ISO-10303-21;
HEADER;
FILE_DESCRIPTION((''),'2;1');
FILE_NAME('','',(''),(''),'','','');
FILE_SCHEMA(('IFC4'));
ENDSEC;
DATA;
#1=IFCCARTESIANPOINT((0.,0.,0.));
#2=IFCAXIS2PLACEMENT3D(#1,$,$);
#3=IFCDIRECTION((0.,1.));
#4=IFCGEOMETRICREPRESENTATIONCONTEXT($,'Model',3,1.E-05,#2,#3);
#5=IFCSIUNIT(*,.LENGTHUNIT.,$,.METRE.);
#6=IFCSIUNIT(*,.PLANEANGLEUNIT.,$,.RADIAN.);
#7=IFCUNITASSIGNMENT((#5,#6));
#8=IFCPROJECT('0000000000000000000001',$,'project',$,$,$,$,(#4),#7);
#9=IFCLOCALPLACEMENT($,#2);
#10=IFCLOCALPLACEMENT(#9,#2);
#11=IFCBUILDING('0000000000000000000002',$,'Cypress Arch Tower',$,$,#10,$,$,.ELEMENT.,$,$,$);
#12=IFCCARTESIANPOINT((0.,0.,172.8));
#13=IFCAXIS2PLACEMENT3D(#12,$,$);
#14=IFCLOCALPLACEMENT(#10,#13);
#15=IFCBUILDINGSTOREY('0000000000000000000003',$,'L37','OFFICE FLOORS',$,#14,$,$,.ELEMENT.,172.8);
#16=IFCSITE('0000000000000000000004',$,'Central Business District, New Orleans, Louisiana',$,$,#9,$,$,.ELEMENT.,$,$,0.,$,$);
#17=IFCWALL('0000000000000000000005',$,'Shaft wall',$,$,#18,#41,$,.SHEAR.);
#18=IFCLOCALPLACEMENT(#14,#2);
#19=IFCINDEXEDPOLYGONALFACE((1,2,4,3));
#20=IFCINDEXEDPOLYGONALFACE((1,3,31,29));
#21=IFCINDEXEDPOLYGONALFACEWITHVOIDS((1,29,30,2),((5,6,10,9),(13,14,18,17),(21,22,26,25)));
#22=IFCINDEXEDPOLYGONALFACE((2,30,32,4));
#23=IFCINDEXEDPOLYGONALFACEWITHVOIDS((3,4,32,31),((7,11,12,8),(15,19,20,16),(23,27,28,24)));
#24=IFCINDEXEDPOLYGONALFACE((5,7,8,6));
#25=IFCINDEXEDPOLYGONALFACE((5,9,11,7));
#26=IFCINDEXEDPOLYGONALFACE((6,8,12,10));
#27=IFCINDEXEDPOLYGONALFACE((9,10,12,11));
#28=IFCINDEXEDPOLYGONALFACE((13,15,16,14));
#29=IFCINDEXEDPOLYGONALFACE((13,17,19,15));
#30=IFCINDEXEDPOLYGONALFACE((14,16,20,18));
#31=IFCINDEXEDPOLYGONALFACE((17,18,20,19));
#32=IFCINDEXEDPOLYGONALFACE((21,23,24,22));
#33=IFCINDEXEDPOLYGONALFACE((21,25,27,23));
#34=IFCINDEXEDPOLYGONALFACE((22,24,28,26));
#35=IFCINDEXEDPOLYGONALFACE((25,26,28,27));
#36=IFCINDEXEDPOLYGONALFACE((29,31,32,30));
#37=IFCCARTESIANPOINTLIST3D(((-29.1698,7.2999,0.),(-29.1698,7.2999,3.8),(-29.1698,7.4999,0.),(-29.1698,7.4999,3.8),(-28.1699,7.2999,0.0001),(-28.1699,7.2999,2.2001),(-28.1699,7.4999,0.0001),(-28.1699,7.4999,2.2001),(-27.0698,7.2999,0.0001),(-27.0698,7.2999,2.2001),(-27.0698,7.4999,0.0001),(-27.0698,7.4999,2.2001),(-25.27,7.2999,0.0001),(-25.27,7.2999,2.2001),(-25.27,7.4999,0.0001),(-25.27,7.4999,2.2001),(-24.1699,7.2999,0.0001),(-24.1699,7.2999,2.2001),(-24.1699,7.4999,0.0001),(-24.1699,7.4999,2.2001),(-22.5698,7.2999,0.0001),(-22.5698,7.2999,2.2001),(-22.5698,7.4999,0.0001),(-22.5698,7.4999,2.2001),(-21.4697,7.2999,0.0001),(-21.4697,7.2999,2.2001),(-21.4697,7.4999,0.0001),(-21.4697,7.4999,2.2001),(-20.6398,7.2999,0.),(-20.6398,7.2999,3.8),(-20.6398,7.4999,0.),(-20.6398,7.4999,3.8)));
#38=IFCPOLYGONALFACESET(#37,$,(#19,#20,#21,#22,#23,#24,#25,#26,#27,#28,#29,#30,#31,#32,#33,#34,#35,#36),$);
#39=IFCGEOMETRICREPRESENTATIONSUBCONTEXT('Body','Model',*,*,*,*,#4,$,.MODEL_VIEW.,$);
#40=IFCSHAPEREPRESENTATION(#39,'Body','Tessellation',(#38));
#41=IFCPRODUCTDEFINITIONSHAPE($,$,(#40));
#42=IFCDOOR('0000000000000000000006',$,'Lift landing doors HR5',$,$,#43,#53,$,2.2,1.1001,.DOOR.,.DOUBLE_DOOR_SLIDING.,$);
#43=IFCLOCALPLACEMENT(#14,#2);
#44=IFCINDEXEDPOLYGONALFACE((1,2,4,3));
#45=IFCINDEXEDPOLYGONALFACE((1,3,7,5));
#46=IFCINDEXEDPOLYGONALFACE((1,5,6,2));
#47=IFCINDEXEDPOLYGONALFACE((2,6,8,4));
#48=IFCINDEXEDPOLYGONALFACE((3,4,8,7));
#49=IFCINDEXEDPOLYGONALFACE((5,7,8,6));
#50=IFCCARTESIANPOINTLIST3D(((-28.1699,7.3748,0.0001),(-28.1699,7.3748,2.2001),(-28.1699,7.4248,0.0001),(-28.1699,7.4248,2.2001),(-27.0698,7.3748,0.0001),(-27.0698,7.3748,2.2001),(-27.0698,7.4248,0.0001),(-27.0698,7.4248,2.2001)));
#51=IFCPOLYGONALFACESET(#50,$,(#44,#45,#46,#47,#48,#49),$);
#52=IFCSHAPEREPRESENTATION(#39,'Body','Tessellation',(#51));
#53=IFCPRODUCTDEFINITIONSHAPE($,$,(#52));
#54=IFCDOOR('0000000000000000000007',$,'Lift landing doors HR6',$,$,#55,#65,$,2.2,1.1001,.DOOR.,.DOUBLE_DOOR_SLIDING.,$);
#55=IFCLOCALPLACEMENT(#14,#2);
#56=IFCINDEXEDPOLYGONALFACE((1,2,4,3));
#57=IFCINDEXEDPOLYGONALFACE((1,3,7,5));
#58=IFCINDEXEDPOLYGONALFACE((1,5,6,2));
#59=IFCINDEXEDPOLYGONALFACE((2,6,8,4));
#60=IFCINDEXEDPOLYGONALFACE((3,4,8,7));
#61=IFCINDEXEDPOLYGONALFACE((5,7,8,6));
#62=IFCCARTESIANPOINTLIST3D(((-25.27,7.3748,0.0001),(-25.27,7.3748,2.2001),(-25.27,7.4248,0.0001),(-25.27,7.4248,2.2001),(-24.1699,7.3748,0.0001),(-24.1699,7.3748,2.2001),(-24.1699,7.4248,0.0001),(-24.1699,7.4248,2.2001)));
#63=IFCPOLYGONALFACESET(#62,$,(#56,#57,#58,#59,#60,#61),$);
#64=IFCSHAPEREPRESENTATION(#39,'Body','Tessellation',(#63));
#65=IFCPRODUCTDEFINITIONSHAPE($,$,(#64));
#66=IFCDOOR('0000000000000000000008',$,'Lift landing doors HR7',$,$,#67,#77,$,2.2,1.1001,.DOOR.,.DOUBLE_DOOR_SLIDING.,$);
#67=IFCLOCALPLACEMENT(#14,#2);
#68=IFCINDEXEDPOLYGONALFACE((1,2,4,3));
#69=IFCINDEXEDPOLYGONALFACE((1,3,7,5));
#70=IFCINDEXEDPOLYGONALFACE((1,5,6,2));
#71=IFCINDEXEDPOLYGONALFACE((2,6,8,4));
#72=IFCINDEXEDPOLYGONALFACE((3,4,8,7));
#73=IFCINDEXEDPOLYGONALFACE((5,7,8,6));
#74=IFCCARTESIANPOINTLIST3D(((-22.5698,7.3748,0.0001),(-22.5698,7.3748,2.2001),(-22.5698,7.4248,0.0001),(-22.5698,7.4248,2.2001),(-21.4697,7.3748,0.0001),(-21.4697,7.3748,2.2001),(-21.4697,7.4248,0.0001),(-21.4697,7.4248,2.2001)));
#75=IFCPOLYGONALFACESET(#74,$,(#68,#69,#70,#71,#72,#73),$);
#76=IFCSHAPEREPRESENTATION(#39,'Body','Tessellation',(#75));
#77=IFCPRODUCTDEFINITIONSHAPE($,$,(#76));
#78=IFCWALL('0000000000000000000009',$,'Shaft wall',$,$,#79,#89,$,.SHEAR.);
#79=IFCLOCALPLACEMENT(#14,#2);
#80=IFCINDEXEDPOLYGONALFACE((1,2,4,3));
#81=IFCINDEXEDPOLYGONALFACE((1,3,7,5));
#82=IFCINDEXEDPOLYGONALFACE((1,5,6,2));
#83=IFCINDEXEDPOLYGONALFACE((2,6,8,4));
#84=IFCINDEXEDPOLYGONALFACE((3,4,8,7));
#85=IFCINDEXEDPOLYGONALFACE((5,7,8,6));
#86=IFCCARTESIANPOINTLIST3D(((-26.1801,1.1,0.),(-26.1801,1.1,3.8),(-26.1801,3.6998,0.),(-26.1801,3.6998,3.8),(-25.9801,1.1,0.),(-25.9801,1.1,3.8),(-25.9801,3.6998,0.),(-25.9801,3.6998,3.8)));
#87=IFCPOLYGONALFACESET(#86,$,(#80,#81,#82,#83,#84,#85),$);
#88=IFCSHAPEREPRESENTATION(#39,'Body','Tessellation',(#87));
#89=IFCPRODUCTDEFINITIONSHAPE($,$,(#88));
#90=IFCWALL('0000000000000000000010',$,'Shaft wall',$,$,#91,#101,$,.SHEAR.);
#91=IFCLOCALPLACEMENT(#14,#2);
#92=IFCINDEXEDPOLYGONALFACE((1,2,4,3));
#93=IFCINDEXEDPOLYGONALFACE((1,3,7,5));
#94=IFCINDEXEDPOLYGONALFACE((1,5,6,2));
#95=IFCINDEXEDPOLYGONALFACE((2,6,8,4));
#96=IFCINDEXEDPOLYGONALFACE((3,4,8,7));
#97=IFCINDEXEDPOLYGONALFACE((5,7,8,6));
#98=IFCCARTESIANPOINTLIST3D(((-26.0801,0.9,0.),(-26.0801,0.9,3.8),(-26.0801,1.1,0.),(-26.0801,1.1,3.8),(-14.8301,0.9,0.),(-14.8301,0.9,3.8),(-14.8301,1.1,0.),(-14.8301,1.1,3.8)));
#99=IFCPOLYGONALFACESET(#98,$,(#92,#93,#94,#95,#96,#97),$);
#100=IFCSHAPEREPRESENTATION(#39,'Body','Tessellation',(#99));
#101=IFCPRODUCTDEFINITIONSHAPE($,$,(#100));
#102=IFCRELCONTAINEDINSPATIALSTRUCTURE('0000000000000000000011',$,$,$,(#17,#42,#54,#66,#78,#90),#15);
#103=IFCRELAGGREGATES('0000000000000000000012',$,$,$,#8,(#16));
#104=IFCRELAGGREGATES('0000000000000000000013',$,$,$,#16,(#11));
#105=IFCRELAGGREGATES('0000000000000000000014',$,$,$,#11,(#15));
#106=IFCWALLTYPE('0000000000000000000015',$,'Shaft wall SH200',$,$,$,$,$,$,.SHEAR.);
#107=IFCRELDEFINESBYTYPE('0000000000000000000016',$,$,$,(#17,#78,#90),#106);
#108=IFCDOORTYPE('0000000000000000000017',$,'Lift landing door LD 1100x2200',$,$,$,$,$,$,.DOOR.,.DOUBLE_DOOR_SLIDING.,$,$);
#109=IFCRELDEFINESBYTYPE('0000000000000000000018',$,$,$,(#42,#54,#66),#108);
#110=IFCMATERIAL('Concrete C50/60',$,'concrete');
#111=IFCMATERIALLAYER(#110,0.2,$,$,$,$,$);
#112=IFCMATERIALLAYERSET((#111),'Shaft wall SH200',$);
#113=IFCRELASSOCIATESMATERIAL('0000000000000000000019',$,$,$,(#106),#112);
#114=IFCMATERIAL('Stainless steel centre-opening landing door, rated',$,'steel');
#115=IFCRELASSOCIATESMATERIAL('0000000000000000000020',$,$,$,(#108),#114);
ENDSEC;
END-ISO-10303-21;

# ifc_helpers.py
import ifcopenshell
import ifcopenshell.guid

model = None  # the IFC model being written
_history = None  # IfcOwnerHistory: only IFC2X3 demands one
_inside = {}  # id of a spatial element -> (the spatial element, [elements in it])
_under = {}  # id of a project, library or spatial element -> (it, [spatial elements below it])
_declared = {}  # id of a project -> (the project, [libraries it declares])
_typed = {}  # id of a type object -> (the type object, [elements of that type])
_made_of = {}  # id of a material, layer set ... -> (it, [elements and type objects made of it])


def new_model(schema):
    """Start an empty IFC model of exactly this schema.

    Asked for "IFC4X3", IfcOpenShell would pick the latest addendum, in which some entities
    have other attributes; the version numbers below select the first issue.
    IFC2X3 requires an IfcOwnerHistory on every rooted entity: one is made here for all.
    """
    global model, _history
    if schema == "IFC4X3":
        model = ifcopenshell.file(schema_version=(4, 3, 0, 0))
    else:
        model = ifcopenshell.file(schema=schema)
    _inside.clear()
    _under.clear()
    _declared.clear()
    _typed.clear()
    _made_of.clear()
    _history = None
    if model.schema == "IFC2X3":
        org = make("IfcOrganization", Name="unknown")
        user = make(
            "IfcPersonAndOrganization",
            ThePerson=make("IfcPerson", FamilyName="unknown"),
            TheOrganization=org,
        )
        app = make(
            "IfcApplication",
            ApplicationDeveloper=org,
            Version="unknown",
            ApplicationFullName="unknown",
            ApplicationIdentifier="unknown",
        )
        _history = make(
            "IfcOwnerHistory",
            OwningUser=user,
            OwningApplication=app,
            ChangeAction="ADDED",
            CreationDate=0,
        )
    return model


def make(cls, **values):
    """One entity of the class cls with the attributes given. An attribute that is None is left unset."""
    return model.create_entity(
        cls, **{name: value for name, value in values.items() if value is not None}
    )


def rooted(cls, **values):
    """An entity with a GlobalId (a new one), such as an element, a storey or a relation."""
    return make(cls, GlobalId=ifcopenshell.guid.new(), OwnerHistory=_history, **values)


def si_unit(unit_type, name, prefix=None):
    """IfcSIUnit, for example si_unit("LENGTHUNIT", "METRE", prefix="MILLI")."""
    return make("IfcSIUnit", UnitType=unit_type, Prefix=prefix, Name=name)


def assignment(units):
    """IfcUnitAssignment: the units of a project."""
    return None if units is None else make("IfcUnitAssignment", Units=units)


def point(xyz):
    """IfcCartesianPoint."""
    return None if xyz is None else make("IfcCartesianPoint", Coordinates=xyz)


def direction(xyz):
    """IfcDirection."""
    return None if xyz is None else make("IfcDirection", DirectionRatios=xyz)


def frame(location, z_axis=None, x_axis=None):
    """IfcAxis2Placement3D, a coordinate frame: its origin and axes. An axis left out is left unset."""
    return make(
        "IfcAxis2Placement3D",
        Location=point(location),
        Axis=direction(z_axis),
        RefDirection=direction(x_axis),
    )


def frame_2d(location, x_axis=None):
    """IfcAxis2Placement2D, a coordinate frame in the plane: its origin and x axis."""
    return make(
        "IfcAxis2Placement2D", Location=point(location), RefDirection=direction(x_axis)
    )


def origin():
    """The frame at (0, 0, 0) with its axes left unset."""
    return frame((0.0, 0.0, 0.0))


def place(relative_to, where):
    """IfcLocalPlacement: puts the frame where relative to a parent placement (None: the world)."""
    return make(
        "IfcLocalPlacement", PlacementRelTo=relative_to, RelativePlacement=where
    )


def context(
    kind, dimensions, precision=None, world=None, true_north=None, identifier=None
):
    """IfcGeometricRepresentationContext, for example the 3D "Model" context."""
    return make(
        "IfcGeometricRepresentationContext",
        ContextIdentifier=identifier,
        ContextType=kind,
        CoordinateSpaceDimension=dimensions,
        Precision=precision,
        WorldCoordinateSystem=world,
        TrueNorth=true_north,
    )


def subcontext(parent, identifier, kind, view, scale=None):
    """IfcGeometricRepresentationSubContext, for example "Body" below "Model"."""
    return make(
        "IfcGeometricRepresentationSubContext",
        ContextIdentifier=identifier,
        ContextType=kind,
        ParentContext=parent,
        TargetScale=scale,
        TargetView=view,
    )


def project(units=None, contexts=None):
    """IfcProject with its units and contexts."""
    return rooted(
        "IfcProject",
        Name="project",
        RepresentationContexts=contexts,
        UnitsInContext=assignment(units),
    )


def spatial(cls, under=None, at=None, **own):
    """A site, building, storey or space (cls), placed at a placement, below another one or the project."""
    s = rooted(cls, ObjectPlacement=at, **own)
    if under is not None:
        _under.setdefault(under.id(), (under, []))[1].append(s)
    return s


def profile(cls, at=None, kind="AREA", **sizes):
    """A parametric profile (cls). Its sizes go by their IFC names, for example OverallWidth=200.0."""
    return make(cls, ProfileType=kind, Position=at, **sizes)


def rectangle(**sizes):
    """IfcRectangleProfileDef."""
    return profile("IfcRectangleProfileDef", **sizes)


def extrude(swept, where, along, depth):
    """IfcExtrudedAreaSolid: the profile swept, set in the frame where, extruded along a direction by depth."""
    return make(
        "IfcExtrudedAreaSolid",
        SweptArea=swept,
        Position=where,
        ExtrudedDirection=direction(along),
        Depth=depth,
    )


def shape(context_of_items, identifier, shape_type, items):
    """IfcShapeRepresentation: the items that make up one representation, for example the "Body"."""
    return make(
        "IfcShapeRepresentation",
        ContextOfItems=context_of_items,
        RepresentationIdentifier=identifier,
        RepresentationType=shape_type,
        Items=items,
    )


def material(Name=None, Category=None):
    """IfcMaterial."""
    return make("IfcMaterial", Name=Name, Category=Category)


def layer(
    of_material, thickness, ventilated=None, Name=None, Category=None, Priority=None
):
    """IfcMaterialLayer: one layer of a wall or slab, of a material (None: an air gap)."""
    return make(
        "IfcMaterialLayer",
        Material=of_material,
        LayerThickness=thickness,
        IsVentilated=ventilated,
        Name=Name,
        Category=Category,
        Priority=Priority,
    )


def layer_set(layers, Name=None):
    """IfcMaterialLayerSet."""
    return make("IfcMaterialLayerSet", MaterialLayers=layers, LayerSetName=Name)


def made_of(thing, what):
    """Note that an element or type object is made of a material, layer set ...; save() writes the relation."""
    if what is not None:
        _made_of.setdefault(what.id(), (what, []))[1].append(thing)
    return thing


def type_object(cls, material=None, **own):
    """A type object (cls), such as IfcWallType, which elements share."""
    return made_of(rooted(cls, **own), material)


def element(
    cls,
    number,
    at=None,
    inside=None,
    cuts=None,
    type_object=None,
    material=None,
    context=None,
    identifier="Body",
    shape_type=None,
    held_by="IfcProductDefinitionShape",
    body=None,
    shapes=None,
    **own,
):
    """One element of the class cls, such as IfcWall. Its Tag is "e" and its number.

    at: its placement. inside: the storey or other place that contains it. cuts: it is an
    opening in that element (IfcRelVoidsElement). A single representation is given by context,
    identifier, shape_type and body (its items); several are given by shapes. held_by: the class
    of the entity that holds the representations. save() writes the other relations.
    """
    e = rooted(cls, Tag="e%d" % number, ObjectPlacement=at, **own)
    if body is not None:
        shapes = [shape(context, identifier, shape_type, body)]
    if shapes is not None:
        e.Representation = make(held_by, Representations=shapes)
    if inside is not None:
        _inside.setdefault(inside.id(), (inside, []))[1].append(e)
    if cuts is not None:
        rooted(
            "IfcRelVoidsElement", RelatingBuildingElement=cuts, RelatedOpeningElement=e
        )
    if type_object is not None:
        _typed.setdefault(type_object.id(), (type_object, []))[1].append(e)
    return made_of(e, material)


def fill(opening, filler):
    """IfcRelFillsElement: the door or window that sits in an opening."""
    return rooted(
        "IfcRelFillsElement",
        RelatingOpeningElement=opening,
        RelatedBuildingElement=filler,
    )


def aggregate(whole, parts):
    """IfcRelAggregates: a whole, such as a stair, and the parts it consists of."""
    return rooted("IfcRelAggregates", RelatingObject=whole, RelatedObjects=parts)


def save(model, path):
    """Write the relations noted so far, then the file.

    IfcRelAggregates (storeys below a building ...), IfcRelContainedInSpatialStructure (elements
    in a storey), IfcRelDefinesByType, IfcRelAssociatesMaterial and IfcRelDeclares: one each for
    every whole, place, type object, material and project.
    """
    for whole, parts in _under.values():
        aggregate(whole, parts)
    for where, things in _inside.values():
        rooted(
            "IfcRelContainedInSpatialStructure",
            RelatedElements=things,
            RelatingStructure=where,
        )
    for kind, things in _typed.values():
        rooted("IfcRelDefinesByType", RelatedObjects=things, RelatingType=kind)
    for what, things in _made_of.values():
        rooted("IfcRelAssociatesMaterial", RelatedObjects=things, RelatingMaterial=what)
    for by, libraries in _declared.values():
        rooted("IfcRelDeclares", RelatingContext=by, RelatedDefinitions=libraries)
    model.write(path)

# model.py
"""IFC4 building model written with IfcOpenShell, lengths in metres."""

from ifc_helpers import new_model, si_unit, direction, frame, frame_2d, origin, place, context, subcontext, project, spatial, rectangle, extrude, material, layer, layer_set, type_object, element, fill, save


model = new_model("IFC4")

# Units and contexts
model_context = context("Model", 3, precision=1e-05, world=origin(), true_north=direction((0.0, 1.0)))
body_context = subcontext(model_context, "Body", "Model", "MODEL_VIEW")
ifc_project = project(units=[si_unit("LENGTHUNIT", "METRE"), si_unit("PLANEANGLEUNIT", "RADIAN")], contexts=[model_context])

# Site, building, storey
site_placement = place(None, origin())
site = spatial("IfcSite", under=ifc_project, at=site_placement, Name="Central Business District, New Orleans, Louisiana", CompositionType="ELEMENT", RefElevation=0.0)
building_placement = place(site_placement, origin())
building = spatial("IfcBuilding", under=site, at=building_placement, Name="Cypress Arch Tower", CompositionType="ELEMENT")
storey_placement = place(building_placement, frame((0.0, 0.0, 172.8)))
storey = spatial("IfcBuildingStorey", under=building, at=storey_placement, Name="L37", Description="OFFICE FLOORS", CompositionType="ELEMENT", Elevation=172.8)

# Wall, openings, doors
ifc_material_1 = material(Name="Concrete C50/60", Category="concrete")
ifc_layer_1 = layer(ifc_material_1, 0.2)
ifc_layer_set_1 = layer_set([ifc_layer_1], Name="Shaft wall SH200")
wall_type_1 = type_object("IfcWallType", Name="Shaft wall SH200", PredefinedType="SHEAR", material=ifc_layer_set_1)
wall_1_placement = place(storey_placement, frame((-29.1699, 7.3999, 0.0), z_axis=(0.0, 0.0, 1.0), x_axis=(1.0, 0.0, 0.0)))
wall_1 = element("IfcWall", 1, at=wall_1_placement, inside=storey, type_object=wall_type_1, Name="Shaft wall", PredefinedType="SHEAR", context=body_context, shape_type="SweptSolid", body=[
    extrude(rectangle(XDim=8.53, YDim=0.2, at=frame_2d((4.2651, 0.0))), origin(), (0.0, 0.0, 1.0), 3.8),
])
opening_1_placement = place(wall_1_placement, frame((1.0, 0.0, 0.0)))
opening_1 = element("IfcOpeningElement", 2, at=opening_1_placement, cuts=wall_1, PredefinedType="OPENING", context=body_context, shape_type="SweptSolid", body=[
    extrude(rectangle(XDim=1.1001, YDim=2.2, at=frame_2d((0.55, 1.1001))), frame((0.0, 0.1099, 0.0), z_axis=(0.0, -1.0, 0.0), x_axis=(1.0, 0.0, 0.0)), (0.0, 0.0, 1.0), 0.22),
])
opening_2_placement = place(wall_1_placement, frame((3.8999, 0.0, 0.0)))
opening_2 = element("IfcOpeningElement", 3, at=opening_2_placement, cuts=wall_1, PredefinedType="OPENING", context=body_context, shape_type="SweptSolid", body=[
    extrude(rectangle(XDim=1.1001, YDim=2.2, at=frame_2d((0.55, 1.1001))), frame((0.0, 0.1099, 0.0), z_axis=(0.0, -1.0, 0.0), x_axis=(1.0, 0.0, 0.0)), (0.0, 0.0, 1.0), 0.22),
])
opening_3_placement = place(wall_1_placement, frame((6.6001, 0.0, 0.0)))
opening_3 = element("IfcOpeningElement", 4, at=opening_3_placement, cuts=wall_1, PredefinedType="OPENING", context=body_context, shape_type="SweptSolid", body=[
    extrude(rectangle(XDim=1.1001, YDim=2.2, at=frame_2d((0.55, 1.1001))), frame((0.0, 0.1099, 0.0), z_axis=(0.0, -1.0, 0.0), x_axis=(1.0, 0.0, 0.0)), (0.0, 0.0, 1.0), 0.22),
])
ifc_material_2 = material(Name="Stainless steel centre-opening landing door, rated", Category="steel")
door_type_1 = type_object("IfcDoorType", Name="Lift landing door LD 1100x2200", OperationType="DOUBLE_DOOR_SLIDING", PredefinedType="DOOR", material=ifc_material_2)
door_1_placement = place(opening_1_placement, origin())
door_1 = element("IfcDoor", 5, at=door_1_placement, inside=storey, type_object=door_type_1, Name="Lift landing doors HR5", OperationType="DOUBLE_DOOR_SLIDING", OverallHeight=2.2, OverallWidth=1.1001, PredefinedType="DOOR", context=body_context, shape_type="SweptSolid", body=[
    extrude(rectangle(XDim=1.1001, YDim=2.2, at=frame_2d((0.55, 1.1001))), frame((0.0, 0.0249, 0.0), z_axis=(0.0, -1.0, 0.0), x_axis=(1.0, 0.0, 0.0)), (0.0, 0.0, 1.0), 0.05),
])
fill(opening_1, door_1)
door_2_placement = place(opening_2_placement, origin())
door_2 = element("IfcDoor", 6, at=door_2_placement, inside=storey, type_object=door_type_1, Name="Lift landing doors HR6", OperationType="DOUBLE_DOOR_SLIDING", OverallHeight=2.2, OverallWidth=1.1001, PredefinedType="DOOR", context=body_context, shape_type="SweptSolid", body=[
    extrude(rectangle(XDim=1.1001, YDim=2.2, at=frame_2d((0.55, 1.1001))), frame((0.0, 0.0249, 0.0), z_axis=(0.0, -1.0, 0.0), x_axis=(1.0, 0.0, 0.0)), (0.0, 0.0, 1.0), 0.05),
])
fill(opening_2, door_2)
door_3_placement = place(opening_3_placement, origin())
door_3 = element("IfcDoor", 7, at=door_3_placement, inside=storey, type_object=door_type_1, Name="Lift landing doors HR7", OperationType="DOUBLE_DOOR_SLIDING", OverallHeight=2.2, OverallWidth=1.1001, PredefinedType="DOOR", context=body_context, shape_type="SweptSolid", body=[
    extrude(rectangle(XDim=1.1001, YDim=2.2, at=frame_2d((0.55, 1.1001))), frame((0.0, 0.0249, 0.0), z_axis=(0.0, -1.0, 0.0), x_axis=(1.0, 0.0, 0.0)), (0.0, 0.0, 1.0), 0.05),
])
fill(opening_3, door_3)

# Walls
wall_2_placement = place(storey_placement, frame((-26.0801, 1.1001, 0.0), z_axis=(0.0, 0.0, 1.0), x_axis=(0.0, 1.0, 0.0)))
element("IfcWall", 8, at=wall_2_placement, inside=storey, type_object=wall_type_1, Name="Shaft wall", PredefinedType="SHEAR", context=body_context, shape_type="SweptSolid", body=[
    extrude(rectangle(XDim=2.5999, YDim=0.2, at=frame_2d((1.2998, 0.0))), origin(), (0.0, 0.0, 1.0), 3.8),
])
wall_3_placement = place(storey_placement, frame((-26.0801, 1.0, 0.0), z_axis=(0.0, 0.0, 1.0), x_axis=(1.0, 0.0, 0.0)))
element("IfcWall", 9, at=wall_3_placement, inside=storey, type_object=wall_type_1, Name="Shaft wall", PredefinedType="SHEAR", context=body_context, shape_type="SweptSolid", body=[
    extrude(rectangle(XDim=11.25, YDim=0.2, at=frame_2d((5.625, 0.0))), origin(), (0.0, 0.0, 1.0), 3.8),
])

save(model, "model.ifc")
